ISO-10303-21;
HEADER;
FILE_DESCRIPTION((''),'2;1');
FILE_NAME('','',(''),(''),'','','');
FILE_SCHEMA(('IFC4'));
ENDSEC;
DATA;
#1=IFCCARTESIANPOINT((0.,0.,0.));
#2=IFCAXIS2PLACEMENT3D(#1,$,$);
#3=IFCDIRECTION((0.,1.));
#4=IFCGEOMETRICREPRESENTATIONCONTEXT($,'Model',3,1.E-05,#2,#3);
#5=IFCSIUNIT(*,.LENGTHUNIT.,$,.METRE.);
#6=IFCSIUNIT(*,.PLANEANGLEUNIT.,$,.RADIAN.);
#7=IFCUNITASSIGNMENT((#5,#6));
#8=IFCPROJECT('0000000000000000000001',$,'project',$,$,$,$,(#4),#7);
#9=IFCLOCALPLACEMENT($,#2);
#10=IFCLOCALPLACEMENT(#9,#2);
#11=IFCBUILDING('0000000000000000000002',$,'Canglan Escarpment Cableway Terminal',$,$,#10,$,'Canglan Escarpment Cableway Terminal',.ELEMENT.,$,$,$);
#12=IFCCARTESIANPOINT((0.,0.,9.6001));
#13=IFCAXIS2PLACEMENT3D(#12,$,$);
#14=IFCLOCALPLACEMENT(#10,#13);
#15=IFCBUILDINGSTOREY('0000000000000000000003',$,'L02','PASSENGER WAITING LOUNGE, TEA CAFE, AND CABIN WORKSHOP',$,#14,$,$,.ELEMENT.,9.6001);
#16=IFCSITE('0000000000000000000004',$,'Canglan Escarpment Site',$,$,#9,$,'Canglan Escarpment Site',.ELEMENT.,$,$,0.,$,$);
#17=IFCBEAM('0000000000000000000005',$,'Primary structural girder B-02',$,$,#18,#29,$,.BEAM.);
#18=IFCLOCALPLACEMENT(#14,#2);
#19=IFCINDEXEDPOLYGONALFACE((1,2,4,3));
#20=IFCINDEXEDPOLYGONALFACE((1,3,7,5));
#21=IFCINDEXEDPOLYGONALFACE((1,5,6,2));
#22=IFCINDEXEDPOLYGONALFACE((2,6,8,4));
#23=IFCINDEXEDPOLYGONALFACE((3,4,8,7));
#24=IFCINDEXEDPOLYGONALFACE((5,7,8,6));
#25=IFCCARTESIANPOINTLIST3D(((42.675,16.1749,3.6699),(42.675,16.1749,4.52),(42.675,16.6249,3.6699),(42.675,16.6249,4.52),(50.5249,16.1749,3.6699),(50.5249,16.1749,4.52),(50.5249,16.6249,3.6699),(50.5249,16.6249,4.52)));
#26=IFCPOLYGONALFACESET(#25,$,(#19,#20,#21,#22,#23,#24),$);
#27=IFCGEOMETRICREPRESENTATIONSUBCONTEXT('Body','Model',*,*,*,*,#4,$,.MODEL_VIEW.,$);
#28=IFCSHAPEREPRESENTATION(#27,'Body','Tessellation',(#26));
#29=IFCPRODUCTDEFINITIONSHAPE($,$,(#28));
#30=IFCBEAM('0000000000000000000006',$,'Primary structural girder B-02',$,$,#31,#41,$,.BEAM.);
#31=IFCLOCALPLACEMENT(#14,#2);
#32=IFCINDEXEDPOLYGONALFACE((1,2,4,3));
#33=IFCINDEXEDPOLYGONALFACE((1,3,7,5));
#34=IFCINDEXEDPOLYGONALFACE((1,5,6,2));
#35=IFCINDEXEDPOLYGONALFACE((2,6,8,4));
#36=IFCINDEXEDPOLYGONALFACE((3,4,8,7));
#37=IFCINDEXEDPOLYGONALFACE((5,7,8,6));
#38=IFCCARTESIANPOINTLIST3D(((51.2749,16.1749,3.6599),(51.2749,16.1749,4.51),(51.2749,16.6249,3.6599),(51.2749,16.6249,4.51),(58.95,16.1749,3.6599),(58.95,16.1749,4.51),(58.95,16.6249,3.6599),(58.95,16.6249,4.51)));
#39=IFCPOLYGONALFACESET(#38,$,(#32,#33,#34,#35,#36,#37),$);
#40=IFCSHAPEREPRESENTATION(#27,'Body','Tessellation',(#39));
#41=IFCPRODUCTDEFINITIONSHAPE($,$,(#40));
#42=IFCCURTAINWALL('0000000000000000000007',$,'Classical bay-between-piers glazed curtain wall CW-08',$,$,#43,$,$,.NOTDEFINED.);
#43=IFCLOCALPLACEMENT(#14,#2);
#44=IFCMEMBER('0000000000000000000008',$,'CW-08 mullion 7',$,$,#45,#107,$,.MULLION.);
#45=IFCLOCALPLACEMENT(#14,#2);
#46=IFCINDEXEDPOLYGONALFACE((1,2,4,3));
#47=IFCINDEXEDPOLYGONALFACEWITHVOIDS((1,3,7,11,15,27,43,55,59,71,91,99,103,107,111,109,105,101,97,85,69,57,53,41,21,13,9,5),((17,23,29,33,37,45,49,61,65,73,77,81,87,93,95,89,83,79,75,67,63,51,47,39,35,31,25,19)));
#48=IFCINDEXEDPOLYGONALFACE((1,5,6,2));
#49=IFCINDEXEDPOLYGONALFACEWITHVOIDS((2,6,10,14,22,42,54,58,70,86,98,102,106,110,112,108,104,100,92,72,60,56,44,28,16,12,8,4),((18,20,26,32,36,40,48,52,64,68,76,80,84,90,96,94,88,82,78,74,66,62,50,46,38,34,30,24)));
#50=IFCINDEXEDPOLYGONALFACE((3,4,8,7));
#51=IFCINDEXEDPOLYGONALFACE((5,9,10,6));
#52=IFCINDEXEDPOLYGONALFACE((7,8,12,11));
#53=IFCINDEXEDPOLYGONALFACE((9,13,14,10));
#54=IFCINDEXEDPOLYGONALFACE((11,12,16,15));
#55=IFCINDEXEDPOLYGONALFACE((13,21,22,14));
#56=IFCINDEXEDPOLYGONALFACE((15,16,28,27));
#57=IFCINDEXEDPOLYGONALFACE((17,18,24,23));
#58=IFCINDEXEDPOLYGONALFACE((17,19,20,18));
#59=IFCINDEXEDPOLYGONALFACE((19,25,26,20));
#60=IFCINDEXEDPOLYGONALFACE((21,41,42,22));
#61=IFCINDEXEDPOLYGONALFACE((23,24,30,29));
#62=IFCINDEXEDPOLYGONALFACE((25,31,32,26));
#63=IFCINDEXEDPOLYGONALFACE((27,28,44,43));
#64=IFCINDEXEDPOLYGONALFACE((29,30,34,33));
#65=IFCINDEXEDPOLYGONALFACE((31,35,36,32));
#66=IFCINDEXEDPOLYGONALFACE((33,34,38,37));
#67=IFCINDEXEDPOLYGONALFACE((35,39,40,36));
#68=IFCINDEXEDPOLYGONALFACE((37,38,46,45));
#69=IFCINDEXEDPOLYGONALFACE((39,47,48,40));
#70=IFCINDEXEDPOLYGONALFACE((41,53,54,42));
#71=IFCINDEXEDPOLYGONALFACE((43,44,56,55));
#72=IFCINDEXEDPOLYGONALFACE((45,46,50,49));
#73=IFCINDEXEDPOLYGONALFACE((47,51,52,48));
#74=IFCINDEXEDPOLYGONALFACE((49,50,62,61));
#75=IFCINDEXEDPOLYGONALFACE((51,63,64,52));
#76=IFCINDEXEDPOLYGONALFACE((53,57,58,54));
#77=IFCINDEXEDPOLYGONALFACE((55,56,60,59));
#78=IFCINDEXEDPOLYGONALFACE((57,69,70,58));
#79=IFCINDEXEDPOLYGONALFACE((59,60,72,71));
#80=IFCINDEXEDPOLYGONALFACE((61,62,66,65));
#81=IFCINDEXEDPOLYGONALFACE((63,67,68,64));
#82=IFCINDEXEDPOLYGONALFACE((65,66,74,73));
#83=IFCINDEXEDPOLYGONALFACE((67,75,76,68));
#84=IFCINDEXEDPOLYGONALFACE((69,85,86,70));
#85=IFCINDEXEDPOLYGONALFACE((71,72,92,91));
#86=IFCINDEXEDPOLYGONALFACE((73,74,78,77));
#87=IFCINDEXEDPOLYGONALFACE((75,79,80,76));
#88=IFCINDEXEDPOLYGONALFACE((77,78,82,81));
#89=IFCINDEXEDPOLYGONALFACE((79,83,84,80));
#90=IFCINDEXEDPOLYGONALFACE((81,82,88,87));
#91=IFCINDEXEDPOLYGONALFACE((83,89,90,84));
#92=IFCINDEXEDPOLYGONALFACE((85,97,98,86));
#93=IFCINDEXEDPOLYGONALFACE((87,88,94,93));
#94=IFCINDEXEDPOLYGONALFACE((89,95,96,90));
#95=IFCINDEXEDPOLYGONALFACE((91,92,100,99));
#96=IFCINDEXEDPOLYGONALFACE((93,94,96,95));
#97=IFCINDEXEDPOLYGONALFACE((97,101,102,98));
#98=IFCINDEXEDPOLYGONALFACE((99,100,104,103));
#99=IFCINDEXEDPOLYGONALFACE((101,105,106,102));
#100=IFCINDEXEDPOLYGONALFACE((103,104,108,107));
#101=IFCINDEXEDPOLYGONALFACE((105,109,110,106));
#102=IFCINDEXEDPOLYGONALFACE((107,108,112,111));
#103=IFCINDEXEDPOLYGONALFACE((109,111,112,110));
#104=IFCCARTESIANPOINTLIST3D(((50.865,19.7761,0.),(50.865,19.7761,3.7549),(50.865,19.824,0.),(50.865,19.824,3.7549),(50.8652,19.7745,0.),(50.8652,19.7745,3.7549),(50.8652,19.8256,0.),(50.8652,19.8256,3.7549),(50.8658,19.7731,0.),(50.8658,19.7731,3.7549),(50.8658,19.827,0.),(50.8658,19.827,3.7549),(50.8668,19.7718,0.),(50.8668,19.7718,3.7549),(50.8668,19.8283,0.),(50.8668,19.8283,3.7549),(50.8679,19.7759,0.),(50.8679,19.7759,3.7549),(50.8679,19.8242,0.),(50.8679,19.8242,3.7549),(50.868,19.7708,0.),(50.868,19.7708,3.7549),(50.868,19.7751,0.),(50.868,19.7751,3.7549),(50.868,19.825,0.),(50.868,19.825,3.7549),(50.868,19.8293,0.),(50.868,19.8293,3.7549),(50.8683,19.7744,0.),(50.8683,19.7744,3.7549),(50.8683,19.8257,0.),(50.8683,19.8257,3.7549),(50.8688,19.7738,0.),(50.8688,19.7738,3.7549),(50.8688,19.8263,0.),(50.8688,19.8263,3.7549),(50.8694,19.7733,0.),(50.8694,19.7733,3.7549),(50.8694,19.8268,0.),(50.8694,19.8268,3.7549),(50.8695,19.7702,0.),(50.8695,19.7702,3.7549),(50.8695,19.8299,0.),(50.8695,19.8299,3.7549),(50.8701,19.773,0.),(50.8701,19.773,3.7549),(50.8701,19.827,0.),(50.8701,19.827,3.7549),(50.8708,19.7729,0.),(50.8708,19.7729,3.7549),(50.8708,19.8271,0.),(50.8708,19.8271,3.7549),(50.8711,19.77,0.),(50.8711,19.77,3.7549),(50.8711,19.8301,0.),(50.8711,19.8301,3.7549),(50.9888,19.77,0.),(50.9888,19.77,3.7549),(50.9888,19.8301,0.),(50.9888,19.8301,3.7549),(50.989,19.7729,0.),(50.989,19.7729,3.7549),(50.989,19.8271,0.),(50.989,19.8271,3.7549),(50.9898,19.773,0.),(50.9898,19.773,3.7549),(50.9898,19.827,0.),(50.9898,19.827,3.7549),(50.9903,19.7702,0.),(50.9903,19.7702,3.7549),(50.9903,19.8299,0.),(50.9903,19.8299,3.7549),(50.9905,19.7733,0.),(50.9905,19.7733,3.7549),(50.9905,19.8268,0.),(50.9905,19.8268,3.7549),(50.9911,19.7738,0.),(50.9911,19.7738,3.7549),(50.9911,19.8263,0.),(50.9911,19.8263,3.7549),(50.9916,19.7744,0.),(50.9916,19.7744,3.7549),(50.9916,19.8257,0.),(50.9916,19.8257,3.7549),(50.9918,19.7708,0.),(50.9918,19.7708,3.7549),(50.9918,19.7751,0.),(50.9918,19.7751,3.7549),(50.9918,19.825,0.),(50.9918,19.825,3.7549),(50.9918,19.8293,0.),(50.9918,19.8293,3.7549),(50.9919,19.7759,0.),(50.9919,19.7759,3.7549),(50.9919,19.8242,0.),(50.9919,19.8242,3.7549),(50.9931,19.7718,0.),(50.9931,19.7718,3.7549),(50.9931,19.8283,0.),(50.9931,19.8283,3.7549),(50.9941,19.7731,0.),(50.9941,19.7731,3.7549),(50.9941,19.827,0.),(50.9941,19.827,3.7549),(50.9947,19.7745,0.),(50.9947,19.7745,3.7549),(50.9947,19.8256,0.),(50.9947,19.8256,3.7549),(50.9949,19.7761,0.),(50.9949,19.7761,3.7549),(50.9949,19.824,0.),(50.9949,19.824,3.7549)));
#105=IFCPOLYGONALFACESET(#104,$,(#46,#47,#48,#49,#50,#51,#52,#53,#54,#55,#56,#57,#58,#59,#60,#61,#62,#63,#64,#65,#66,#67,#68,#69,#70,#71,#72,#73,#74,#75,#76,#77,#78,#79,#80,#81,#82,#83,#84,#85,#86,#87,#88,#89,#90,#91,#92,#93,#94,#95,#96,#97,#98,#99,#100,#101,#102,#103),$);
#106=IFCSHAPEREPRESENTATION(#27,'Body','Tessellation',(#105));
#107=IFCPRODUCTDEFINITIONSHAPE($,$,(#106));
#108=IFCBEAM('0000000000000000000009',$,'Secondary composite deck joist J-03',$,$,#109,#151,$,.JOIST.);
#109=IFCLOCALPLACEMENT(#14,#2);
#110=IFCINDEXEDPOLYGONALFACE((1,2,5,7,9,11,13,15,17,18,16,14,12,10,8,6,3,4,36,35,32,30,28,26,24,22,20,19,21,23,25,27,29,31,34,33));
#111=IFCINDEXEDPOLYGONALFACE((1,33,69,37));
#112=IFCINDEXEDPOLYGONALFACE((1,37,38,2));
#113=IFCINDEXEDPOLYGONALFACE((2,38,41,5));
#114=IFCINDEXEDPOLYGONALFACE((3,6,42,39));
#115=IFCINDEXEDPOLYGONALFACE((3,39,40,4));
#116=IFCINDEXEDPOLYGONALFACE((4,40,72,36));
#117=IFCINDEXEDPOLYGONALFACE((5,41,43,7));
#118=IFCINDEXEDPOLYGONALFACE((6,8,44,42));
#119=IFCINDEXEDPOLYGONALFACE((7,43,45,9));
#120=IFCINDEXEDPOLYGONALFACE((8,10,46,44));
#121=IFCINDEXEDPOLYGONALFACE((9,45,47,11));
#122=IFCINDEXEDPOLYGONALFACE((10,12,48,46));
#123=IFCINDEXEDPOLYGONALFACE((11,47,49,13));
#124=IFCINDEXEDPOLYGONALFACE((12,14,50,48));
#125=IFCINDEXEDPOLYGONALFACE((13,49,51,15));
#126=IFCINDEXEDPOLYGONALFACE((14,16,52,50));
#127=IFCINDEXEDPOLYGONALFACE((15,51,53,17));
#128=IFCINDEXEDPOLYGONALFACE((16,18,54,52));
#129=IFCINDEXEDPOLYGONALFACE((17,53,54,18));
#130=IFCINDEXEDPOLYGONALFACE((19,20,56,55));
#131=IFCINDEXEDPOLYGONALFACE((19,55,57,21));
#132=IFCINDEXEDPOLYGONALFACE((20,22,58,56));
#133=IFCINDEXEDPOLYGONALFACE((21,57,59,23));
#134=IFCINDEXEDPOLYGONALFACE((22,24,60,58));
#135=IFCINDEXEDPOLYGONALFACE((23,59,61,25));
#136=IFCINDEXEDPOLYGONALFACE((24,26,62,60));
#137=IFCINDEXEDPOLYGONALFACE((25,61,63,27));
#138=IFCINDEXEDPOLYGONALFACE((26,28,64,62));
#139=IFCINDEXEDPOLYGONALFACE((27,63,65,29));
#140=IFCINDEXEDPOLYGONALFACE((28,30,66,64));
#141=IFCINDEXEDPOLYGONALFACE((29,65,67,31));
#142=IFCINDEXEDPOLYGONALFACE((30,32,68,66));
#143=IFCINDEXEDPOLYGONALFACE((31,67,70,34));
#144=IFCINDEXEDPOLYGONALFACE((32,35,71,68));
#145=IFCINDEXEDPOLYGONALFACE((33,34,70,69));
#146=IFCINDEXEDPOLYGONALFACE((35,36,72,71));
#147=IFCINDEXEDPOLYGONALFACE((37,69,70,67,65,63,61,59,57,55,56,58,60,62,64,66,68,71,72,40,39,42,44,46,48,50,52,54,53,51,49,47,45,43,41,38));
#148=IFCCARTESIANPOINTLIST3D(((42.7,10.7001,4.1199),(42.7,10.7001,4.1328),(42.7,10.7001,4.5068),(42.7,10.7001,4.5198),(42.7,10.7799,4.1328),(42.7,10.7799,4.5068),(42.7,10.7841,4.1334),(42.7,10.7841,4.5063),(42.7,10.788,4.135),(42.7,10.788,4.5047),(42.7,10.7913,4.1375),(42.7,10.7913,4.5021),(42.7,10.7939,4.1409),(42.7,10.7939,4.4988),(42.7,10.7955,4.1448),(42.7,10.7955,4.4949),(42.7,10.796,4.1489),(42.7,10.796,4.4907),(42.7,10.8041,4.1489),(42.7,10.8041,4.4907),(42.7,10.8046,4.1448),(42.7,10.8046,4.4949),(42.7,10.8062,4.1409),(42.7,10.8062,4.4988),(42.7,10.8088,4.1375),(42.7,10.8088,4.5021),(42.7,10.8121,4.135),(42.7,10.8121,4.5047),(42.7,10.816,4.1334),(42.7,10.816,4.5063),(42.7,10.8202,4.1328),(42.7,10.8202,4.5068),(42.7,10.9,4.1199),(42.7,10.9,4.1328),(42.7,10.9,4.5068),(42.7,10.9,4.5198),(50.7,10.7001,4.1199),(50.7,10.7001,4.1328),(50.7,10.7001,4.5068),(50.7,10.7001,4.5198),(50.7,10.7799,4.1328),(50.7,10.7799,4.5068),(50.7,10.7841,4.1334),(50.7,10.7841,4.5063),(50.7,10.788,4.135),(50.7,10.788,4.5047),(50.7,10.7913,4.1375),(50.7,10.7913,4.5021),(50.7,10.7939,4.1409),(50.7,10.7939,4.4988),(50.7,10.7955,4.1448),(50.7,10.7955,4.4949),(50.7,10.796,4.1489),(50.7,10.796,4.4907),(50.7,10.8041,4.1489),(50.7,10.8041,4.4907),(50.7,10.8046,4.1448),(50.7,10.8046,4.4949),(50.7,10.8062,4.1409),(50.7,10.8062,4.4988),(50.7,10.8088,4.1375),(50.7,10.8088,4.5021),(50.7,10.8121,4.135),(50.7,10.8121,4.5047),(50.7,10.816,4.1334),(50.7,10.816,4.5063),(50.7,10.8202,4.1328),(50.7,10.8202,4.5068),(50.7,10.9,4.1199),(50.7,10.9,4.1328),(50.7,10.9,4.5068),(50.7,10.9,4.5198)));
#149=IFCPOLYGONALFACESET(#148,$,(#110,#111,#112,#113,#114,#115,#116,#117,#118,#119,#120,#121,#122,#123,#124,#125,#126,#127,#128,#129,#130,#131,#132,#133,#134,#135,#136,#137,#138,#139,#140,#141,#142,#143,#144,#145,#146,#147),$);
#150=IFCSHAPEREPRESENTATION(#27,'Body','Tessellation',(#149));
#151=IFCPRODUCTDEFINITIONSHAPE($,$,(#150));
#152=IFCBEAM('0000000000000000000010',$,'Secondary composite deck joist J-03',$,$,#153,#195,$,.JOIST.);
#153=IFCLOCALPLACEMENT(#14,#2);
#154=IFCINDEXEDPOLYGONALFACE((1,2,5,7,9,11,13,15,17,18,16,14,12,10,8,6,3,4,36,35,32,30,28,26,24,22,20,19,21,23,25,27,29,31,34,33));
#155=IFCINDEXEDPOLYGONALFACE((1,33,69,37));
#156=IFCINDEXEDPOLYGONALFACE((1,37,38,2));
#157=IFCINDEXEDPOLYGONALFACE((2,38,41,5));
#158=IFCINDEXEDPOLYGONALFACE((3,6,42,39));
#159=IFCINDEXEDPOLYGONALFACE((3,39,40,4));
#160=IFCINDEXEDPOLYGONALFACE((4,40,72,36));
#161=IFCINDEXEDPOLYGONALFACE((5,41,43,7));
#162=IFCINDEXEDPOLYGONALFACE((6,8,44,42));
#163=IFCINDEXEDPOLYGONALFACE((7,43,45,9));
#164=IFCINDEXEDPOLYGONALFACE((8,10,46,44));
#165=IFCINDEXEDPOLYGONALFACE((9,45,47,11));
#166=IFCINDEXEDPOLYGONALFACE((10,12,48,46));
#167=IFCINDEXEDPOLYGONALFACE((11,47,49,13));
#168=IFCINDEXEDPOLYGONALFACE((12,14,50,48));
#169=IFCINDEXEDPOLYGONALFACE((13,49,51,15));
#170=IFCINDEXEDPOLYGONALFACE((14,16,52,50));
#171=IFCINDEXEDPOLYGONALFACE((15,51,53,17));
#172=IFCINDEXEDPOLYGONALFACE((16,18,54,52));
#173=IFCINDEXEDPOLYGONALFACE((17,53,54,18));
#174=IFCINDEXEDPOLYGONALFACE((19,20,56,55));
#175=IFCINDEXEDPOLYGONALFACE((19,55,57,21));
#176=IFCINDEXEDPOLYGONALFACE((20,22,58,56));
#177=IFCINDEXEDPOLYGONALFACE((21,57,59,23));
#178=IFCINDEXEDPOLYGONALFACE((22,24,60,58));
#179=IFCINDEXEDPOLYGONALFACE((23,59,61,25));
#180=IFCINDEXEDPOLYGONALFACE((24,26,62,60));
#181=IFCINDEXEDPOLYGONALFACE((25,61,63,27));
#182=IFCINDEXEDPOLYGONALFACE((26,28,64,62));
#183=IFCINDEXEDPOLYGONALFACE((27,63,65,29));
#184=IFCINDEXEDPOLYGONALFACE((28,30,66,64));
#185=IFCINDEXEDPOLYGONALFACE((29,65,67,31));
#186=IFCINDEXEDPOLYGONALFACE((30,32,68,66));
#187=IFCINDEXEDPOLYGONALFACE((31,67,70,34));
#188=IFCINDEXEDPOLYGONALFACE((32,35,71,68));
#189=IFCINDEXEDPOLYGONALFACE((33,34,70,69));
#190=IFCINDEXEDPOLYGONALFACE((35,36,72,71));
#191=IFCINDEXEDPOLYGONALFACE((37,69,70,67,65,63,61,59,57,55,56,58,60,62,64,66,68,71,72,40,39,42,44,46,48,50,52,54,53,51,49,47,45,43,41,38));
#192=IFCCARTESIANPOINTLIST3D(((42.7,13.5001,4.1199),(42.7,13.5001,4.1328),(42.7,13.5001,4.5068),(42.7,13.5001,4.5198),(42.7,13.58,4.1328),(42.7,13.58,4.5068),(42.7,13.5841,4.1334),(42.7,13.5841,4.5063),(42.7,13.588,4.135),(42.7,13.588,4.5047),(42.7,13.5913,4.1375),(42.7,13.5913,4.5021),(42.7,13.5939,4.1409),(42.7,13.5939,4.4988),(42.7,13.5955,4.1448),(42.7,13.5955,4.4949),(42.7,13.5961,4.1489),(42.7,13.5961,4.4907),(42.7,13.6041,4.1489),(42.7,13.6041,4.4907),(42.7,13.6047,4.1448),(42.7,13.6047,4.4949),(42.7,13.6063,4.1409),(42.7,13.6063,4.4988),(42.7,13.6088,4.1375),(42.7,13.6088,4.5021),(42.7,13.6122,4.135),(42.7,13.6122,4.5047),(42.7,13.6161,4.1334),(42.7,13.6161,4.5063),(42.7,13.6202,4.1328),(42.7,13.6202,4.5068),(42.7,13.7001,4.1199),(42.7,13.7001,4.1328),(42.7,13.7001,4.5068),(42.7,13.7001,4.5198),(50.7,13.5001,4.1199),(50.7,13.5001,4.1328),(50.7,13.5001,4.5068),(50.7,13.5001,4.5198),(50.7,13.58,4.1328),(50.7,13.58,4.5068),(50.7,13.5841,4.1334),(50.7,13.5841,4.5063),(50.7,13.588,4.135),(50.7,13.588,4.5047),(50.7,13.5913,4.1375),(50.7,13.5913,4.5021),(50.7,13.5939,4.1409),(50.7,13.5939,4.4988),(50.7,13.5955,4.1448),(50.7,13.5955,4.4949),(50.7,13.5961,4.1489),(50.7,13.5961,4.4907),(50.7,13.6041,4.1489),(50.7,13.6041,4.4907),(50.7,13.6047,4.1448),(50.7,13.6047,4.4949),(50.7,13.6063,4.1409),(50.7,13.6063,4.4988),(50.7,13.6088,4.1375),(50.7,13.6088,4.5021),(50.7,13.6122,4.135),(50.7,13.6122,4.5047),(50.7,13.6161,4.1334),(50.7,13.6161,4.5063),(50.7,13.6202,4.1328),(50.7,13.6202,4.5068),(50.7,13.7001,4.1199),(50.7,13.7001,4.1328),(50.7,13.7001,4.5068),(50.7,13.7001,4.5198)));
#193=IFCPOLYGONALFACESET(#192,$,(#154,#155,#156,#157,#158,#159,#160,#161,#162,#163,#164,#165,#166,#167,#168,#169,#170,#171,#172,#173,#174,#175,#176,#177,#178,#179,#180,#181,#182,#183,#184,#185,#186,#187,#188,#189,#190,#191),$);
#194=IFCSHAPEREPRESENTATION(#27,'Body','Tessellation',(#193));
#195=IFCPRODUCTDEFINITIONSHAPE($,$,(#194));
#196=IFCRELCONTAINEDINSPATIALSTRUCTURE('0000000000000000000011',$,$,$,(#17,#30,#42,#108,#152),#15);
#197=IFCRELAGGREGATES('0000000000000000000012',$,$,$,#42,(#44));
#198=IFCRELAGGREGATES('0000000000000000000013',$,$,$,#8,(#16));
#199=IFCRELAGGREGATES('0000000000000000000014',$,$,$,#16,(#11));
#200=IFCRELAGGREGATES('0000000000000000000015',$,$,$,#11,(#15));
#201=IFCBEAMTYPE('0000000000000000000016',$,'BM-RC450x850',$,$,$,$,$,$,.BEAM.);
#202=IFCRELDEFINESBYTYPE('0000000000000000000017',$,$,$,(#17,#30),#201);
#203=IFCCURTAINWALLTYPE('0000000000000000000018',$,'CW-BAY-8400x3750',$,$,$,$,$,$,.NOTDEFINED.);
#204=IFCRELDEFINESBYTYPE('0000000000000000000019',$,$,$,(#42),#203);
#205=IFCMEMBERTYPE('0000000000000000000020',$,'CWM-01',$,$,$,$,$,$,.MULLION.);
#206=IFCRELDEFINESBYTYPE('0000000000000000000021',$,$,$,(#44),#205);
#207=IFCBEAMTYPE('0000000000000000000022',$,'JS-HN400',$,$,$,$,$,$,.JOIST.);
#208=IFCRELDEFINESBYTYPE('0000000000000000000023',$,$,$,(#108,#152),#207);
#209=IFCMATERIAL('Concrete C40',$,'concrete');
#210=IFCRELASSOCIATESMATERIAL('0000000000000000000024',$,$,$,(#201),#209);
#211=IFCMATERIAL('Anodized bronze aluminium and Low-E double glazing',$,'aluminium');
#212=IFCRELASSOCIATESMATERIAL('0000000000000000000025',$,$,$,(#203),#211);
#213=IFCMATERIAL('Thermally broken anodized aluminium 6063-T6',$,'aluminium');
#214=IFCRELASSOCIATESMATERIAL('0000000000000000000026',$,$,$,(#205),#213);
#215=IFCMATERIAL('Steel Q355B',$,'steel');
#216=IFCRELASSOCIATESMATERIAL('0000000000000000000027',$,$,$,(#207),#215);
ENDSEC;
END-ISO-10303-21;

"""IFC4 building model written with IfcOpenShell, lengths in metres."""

from ifc_helpers import new_model, si_unit, direction, frame, origin, origin_2d, place, context, subcontext, project, spatial, rectangle, hollow_rectangle, i_section, extrude, material, material_profile, profile_set, type_object, element, aggregate, save


model = new_model("IFC4")

# Units and contexts
model_context = context("Model", 3, precision=1e-05, world=origin(), true_north=direction((0.0, 1.0)))
body_context = subcontext(model_context, "Body", "Model", "MODEL_VIEW")
ifc_project = project(units=[si_unit("LENGTHUNIT", "METRE"), si_unit("PLANEANGLEUNIT", "RADIAN")], contexts=[model_context])

# Site, building, storey
site_placement = place(None, origin())
site = spatial("IfcSite", under=ifc_project, at=site_placement, Name="Canglan Escarpment Site", LongName="Canglan Escarpment Site", CompositionType="ELEMENT", RefElevation=0.0)
building_placement = place(site_placement, origin())
building = spatial("IfcBuilding", under=site, at=building_placement, Name="Canglan Escarpment Cableway Terminal", LongName="Canglan Escarpment Cableway Terminal", CompositionType="ELEMENT")
storey_placement = place(building_placement, frame((0.0, 0.0, 9.6001)))
storey = spatial("IfcBuildingStorey", under=building, at=storey_placement, Name="L02", Description="PASSENGER WAITING LOUNGE, TEA CAFE, AND CABIN WORKSHOP", CompositionType="ELEMENT", Elevation=9.6001)

# Shared definitions
ifc_material_1 = material(Name="Concrete C40", Category="concrete")

# Beams
ifc_material_profile_1 = material_profile(ifc_material_1, rectangle(XDim=0.45, YDim=0.8501, at=origin_2d()), Name="RC 450x850")
ifc_profile_set_1 = profile_set([ifc_material_profile_1], Name="Concrete C40")
beam_type_1 = type_object("IfcBeamType", Name="BM-RC450x850", PredefinedType="BEAM", material=ifc_profile_set_1)
beam_1_placement = place(storey_placement, frame((42.675, 16.3999, 4.095), z_axis=(1.0, 0.0, 0.0), x_axis=(0.0, 1.0, 0.0)))
element("IfcBeam", 1, at=beam_1_placement, inside=storey, type_object=beam_type_1, Name="Primary structural girder B-02", PredefinedType="BEAM", context=body_context, shape_type="SweptSolid", body=[
    extrude(rectangle(XDim=0.45, YDim=0.8501, at=origin_2d()), origin(), (0.0, 0.0, 1.0), 7.8499),
])
beam_2_placement = place(storey_placement, frame((51.2749, 16.3999, 4.085), z_axis=(1.0, 0.0, 0.0), x_axis=(0.0, 1.0, 0.0)))
element("IfcBeam", 2, at=beam_2_placement, inside=storey, type_object=beam_type_1, Name="Primary structural girder B-02", PredefinedType="BEAM", context=body_context, shape_type="SweptSolid", body=[
    extrude(rectangle(XDim=0.45, YDim=0.8501, at=origin_2d()), origin(), (0.0, 0.0, 1.0), 7.675),
])

# Curtain wall, member
ifc_material_2 = material(Name="Anodized bronze aluminium and Low-E double glazing", Category="aluminium")
curtain_wall_type = type_object("IfcCurtainWallType", Name="CW-BAY-8400x3750", PredefinedType="NOTDEFINED", material=ifc_material_2)
curtain_wall_placement = place(storey_placement, origin())
curtain_wall = element("IfcCurtainWall", 3, at=curtain_wall_placement, inside=storey, type_object=curtain_wall_type, Name="Classical bay-between-piers glazed curtain wall CW-08", PredefinedType="NOTDEFINED")
ifc_material_3 = material(Name="Thermally broken anodized aluminium 6063-T6", Category="aluminium")
ifc_material_profile_2 = material_profile(ifc_material_3, hollow_rectangle(XDim=0.0601, YDim=0.1299, WallThickness=0.0029, InnerFilletRadius=0.0029, OuterFilletRadius=0.0061, at=origin_2d()), Name="ALU-MULL 60x130x3")
ifc_profile_set_2 = profile_set([ifc_material_profile_2], Name="Thermally broken anodized aluminium 6063-T6")
member_type = type_object("IfcMemberType", Name="CWM-01", PredefinedType="MULLION", material=ifc_profile_set_2)
member_placement = place(storey_placement, frame((50.9299, 19.8, 0.0), z_axis=(0.0, 0.0, 1.0), x_axis=(0.0, -1.0, 0.0)))
member = element("IfcMember", 4, at=member_placement, type_object=member_type, Name="CW-08 mullion 7", PredefinedType="MULLION", context=body_context, shape_type="SweptSolid", body=[
    extrude(hollow_rectangle(XDim=0.0601, YDim=0.1299, WallThickness=0.0029, InnerFilletRadius=0.0029, OuterFilletRadius=0.0061, at=origin_2d()), origin(), (0.0, 0.0, 1.0), 3.7549),
])
aggregate(curtain_wall, [member])

# Beams
ifc_material_4 = material(Name="Steel Q355B", Category="steel")
ifc_material_profile_3 = material_profile(ifc_material_4, i_section(OverallWidth=0.2, OverallDepth=0.3999, WebThickness=0.0081, FlangeThickness=0.0129, FilletRadius=0.0161, at=origin_2d()), Name="HN 400x200x8x13")
ifc_profile_set_3 = profile_set([ifc_material_profile_3], Name="Steel Q355B")
beam_type_2 = type_object("IfcBeamType", Name="JS-HN400", PredefinedType="JOIST", material=ifc_profile_set_3)
for number, where, z_axis, x_axis, name in (
    (5, (42.7, 10.8, 4.3198), (1.0, 0.0, 0.0), (0.0, 1.0, 0.0), "Secondary composite deck joist J-03"),
    (6, (42.7, 13.6001, 4.3198), (1.0, 0.0, 0.0), (0.0, 1.0, 0.0), "Secondary composite deck joist J-03"),
):
    element("IfcBeam", number, at=place(storey_placement, frame(where, z_axis=z_axis, x_axis=x_axis)), inside=storey, type_object=beam_type_2, Name=name, PredefinedType="JOIST", context=body_context, shape_type="SweptSolid", body=[
        extrude(i_section(OverallWidth=0.2, OverallDepth=0.3999, WebThickness=0.0081, FlangeThickness=0.0129, FilletRadius=0.0161, at=origin_2d()), origin(), (0.0, 0.0, 1.0), 8.0),
    ])

save(model, "model.ifc")
